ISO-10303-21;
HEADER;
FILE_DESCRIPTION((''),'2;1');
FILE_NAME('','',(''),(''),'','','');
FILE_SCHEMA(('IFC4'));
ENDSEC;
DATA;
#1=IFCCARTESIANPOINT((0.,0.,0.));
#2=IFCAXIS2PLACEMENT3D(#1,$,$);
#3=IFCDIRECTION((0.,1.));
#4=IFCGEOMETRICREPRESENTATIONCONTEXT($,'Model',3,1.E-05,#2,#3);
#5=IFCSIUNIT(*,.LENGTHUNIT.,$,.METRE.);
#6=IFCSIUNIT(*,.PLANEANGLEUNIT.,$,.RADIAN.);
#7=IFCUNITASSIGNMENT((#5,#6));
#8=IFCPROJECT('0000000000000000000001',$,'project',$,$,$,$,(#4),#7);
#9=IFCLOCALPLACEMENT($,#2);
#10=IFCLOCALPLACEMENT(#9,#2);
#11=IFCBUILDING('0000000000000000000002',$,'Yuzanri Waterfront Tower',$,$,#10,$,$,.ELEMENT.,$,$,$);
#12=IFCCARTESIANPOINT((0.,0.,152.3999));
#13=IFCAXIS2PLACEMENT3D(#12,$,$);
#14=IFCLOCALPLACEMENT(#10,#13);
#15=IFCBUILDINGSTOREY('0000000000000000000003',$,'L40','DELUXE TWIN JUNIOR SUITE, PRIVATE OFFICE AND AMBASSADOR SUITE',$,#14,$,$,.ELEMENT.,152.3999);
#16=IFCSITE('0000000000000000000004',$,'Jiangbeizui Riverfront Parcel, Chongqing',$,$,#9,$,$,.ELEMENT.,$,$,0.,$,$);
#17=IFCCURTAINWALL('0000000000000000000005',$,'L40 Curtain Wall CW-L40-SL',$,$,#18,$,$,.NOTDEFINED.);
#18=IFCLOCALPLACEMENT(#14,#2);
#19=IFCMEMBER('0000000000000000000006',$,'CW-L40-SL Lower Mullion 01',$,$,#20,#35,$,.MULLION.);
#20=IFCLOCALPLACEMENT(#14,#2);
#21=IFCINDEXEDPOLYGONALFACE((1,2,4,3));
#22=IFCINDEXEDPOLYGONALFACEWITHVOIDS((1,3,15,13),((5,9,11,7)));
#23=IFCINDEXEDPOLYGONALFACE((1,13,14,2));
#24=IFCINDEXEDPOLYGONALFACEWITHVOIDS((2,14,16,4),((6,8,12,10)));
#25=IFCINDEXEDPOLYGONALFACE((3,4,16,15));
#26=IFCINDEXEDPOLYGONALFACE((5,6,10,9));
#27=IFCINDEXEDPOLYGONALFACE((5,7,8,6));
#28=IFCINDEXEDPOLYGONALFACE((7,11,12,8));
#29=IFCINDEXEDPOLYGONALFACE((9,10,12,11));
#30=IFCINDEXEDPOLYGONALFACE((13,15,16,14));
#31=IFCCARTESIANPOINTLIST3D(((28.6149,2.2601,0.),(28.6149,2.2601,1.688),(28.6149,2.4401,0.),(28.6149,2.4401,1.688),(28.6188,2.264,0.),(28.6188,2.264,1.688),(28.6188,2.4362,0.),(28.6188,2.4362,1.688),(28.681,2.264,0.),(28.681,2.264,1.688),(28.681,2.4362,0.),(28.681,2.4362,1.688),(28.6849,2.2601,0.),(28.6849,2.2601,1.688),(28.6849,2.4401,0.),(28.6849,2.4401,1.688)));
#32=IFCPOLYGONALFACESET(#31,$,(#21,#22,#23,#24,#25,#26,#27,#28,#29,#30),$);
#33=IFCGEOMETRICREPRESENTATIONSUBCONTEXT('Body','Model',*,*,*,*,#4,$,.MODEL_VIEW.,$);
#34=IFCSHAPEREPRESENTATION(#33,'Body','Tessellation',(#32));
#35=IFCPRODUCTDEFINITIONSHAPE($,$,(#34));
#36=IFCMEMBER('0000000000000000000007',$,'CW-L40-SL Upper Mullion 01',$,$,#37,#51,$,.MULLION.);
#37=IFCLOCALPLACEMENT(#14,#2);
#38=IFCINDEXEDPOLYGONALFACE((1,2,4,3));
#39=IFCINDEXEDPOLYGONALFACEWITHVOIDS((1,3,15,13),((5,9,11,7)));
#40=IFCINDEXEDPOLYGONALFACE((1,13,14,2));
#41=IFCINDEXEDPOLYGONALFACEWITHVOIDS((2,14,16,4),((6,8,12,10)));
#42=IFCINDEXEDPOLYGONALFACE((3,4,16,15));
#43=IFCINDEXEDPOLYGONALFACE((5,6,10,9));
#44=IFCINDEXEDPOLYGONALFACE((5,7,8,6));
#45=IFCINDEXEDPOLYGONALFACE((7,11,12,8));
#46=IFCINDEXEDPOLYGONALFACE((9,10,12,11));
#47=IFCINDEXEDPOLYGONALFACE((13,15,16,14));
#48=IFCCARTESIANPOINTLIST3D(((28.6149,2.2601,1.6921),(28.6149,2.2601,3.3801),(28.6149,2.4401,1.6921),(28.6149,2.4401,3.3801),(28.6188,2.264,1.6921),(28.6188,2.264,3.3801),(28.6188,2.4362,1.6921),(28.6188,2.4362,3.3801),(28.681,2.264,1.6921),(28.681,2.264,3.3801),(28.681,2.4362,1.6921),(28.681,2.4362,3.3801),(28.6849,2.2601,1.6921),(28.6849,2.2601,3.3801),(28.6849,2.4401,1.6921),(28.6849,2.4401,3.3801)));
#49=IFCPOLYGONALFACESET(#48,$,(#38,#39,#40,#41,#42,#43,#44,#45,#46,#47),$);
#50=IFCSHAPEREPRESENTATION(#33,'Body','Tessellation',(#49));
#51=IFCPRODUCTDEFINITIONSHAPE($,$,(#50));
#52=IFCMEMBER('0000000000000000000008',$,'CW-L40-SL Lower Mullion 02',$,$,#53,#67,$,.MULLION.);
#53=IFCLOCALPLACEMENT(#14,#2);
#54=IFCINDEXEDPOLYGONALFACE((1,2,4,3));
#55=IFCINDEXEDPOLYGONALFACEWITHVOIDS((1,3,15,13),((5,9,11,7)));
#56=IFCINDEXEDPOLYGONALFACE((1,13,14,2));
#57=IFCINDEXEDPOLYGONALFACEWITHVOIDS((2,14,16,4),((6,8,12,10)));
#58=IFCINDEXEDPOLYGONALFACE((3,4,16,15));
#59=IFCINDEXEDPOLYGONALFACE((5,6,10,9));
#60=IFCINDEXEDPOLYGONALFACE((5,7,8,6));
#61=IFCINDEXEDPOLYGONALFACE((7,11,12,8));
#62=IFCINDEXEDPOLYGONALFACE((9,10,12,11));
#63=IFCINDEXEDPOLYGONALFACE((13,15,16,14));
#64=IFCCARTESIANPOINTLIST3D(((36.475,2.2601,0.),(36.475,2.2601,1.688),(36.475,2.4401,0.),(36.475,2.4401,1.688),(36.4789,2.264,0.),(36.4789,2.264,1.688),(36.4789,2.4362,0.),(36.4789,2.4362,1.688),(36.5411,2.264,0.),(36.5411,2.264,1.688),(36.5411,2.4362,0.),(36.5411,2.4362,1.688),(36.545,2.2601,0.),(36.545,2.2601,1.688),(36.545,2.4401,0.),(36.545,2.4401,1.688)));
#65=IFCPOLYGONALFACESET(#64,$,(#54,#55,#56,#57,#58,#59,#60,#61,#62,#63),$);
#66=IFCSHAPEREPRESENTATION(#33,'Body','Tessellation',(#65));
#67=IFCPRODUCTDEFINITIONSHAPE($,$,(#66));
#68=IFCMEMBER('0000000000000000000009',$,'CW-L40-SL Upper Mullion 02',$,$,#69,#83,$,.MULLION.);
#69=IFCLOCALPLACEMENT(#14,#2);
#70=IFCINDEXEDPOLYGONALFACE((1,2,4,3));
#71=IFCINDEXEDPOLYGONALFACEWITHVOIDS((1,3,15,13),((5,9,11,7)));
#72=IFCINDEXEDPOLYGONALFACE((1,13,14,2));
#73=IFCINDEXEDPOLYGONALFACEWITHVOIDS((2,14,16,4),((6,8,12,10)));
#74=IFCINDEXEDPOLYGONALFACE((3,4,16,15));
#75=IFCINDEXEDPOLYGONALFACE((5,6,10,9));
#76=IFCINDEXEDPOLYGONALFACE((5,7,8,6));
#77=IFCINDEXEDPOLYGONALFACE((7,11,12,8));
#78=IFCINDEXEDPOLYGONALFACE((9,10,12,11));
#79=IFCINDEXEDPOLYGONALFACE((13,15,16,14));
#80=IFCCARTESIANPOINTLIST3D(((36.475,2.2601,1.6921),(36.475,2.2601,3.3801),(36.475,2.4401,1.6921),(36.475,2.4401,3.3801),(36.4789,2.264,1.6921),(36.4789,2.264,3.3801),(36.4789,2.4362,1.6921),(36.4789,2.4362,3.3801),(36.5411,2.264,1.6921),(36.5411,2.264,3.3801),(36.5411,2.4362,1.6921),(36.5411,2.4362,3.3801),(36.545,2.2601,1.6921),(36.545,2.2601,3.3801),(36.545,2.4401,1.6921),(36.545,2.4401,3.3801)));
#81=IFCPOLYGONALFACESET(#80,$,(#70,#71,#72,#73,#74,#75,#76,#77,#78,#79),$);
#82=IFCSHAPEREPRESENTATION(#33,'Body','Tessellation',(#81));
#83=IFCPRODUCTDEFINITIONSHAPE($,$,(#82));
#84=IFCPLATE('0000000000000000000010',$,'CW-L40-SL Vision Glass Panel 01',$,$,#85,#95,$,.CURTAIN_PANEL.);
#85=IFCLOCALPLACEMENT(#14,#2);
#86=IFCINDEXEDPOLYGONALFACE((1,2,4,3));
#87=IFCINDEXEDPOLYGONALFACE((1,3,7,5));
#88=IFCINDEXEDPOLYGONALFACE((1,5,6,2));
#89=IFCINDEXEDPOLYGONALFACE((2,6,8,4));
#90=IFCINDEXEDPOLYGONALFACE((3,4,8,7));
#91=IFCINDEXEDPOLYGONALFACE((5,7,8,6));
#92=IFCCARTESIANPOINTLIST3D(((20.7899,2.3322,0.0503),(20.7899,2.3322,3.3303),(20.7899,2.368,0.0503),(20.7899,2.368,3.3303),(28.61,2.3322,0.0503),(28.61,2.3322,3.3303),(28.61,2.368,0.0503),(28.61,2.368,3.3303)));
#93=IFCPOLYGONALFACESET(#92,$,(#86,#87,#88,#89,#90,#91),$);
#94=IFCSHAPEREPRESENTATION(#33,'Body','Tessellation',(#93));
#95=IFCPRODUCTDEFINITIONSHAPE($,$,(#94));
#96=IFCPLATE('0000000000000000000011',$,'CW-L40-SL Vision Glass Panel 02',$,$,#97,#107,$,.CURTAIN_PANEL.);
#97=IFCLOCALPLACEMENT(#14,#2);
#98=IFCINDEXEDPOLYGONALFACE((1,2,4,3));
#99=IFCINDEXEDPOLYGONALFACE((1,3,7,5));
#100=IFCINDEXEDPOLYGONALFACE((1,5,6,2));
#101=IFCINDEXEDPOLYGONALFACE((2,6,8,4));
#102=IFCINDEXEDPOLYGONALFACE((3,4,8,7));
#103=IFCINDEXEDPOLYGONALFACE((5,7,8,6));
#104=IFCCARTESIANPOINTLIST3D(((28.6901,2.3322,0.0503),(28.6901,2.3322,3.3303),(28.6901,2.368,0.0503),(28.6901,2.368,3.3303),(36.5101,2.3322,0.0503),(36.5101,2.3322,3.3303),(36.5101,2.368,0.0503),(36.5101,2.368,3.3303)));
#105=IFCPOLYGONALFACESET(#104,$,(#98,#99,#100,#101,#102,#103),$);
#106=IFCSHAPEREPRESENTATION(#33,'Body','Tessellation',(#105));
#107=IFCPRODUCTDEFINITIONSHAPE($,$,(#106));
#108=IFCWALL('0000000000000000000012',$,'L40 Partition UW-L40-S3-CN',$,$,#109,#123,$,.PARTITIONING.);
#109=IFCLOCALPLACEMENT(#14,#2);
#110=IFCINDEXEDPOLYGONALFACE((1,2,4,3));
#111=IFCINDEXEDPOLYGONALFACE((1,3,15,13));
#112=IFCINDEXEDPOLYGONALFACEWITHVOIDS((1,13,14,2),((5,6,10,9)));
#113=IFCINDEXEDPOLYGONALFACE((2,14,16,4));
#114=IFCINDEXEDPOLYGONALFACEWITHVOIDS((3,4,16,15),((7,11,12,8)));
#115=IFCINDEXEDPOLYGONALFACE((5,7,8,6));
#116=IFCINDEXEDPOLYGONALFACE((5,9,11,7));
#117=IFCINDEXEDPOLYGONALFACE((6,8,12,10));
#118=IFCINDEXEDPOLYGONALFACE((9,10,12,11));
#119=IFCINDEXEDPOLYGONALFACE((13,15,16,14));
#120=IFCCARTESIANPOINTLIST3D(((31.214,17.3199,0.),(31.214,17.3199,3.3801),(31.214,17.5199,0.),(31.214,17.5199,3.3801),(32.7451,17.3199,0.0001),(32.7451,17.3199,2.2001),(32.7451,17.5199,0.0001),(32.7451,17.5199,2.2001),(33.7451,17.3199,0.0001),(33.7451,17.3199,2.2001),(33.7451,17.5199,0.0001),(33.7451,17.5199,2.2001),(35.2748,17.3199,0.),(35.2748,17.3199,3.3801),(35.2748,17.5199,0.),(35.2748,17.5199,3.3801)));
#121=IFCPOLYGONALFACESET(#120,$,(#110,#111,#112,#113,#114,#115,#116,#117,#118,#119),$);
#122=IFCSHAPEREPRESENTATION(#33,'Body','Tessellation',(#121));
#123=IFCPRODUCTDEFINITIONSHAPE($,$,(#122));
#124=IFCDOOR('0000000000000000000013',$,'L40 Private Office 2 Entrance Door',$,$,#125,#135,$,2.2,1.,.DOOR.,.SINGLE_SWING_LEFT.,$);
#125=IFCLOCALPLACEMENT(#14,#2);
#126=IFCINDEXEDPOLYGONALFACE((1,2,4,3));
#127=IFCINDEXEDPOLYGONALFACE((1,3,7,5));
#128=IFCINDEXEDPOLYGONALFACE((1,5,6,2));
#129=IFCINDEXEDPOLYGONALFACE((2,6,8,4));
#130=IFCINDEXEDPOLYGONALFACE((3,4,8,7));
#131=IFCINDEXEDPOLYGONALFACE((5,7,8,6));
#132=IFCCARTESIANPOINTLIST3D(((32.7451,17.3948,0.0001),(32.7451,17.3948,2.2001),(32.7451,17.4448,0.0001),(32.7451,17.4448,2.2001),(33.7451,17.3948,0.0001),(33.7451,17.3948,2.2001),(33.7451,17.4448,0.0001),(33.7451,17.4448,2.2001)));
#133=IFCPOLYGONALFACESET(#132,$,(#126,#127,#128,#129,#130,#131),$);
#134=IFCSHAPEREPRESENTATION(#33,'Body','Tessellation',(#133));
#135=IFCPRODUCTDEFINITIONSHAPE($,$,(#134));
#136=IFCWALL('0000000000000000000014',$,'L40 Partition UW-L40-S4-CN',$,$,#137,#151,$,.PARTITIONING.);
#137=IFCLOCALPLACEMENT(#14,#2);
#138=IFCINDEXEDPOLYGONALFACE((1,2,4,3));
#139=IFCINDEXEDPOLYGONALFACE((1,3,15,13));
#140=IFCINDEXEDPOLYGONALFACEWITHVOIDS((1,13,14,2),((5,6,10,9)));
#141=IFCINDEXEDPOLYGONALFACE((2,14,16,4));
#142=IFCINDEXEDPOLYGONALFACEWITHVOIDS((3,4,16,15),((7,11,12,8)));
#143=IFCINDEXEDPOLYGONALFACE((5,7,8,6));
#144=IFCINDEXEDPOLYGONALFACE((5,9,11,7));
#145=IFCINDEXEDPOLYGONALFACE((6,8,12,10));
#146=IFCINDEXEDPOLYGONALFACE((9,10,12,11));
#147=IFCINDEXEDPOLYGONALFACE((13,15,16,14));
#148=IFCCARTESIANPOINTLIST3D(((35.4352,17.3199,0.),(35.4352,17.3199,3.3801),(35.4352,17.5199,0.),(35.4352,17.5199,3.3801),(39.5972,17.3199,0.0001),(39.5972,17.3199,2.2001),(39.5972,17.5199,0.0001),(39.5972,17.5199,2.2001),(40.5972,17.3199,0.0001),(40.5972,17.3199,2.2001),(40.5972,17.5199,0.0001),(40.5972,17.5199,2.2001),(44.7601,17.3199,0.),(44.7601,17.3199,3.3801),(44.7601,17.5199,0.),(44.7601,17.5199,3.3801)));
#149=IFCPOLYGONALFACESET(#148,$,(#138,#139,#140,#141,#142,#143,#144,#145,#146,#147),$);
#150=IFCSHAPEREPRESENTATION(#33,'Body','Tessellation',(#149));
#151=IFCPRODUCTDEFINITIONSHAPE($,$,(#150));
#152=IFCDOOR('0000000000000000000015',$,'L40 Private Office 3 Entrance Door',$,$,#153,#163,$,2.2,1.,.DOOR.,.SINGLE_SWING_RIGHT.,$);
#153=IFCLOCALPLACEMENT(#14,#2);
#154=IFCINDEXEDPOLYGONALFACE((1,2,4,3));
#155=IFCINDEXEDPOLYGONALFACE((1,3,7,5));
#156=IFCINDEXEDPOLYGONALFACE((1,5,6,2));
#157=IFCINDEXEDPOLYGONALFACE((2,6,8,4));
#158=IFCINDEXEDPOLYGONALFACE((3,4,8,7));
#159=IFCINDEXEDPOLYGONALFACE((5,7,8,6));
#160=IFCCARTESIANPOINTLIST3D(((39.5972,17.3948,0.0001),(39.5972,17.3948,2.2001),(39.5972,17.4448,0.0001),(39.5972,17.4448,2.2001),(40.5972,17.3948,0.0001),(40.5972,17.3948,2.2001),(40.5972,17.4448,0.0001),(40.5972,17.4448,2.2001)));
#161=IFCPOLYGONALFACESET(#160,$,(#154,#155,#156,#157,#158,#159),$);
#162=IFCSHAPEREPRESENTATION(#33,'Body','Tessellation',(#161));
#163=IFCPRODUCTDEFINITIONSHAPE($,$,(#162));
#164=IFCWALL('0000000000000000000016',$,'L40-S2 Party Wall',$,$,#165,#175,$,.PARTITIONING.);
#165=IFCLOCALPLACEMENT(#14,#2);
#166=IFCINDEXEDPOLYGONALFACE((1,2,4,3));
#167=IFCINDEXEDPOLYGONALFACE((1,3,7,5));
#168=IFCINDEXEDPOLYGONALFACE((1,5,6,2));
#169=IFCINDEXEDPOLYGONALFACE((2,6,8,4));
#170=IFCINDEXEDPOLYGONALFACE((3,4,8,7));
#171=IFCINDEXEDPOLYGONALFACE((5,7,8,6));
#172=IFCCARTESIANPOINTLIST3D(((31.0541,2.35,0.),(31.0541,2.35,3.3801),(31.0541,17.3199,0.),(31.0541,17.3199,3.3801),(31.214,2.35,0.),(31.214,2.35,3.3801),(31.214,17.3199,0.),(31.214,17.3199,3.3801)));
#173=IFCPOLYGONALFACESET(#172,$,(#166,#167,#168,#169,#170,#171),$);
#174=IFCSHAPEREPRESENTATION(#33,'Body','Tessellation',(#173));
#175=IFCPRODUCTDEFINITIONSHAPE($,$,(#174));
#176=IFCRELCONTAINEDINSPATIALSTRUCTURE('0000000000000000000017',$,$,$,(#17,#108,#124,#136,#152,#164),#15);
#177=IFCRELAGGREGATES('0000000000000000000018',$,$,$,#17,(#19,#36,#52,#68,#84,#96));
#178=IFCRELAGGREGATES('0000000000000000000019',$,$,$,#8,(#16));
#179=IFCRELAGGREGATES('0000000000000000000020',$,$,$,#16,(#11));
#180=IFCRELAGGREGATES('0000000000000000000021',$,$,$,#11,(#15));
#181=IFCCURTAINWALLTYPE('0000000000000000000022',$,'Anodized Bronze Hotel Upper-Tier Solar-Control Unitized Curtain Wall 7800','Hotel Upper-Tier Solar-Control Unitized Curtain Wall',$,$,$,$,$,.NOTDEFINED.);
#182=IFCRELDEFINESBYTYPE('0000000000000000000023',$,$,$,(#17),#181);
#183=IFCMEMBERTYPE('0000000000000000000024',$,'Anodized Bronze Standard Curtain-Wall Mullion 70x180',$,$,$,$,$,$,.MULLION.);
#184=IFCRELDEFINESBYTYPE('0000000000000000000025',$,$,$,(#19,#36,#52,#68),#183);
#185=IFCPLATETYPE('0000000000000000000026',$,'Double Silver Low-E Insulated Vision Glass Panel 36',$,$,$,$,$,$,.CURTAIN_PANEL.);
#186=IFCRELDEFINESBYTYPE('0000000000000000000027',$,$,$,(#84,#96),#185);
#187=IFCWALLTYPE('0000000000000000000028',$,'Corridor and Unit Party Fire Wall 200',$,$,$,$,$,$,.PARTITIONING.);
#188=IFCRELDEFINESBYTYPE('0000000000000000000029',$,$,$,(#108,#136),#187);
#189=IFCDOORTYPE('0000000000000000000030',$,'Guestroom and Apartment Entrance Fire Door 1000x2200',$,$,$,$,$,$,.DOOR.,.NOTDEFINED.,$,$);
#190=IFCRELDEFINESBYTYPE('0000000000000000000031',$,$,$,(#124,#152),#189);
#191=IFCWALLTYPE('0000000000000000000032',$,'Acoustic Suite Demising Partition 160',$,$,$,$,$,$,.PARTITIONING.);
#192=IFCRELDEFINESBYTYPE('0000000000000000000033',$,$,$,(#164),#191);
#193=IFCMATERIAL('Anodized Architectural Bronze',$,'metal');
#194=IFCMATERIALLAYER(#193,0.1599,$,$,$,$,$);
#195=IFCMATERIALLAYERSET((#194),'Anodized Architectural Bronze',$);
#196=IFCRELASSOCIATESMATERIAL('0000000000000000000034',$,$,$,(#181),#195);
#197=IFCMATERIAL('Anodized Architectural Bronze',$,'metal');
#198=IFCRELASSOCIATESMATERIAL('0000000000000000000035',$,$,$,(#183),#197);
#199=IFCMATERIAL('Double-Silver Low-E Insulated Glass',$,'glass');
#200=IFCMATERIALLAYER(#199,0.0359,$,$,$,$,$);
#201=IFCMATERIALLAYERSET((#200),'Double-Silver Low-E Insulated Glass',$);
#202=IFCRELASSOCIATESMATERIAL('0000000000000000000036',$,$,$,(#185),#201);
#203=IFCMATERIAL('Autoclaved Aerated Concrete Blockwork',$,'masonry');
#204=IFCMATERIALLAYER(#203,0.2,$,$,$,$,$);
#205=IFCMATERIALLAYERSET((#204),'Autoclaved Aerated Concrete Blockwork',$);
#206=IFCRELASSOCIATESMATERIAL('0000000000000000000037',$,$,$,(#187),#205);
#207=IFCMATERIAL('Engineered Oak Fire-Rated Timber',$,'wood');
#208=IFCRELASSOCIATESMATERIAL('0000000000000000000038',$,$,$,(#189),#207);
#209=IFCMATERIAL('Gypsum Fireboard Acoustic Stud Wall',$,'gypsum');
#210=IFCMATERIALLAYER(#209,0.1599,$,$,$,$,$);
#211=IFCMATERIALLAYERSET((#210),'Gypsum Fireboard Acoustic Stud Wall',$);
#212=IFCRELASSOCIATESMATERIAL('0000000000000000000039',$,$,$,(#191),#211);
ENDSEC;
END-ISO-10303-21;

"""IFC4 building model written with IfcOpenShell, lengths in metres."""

from ifc_helpers import new_model, si_unit, direction, frame, frame_2d, origin, origin_2d, place, context, subcontext, project, spatial, rectangle, hollow_rectangle, extrude, source, transform, mapped, material, layer, layer_set, material_profile, profile_set, type_object, element, fill, aggregate, save


model = new_model("IFC4")

# Units and contexts
model_context = context("Model", 3, precision=1e-05, world=origin(), true_north=direction((0.0, 1.0)))
body_context = subcontext(model_context, "Body", "Model", "MODEL_VIEW")
ifc_project = project(units=[si_unit("LENGTHUNIT", "METRE"), si_unit("PLANEANGLEUNIT", "RADIAN")], contexts=[model_context])

# Site, building, storey
site_placement = place(None, origin())
site = spatial("IfcSite", under=ifc_project, at=site_placement, Name="Jiangbeizui Riverfront Parcel, Chongqing", CompositionType="ELEMENT", RefElevation=0.0)
building_placement = place(site_placement, origin())
building = spatial("IfcBuilding", under=site, at=building_placement, Name="Yuzanri Waterfront Tower", CompositionType="ELEMENT")
storey_placement = place(building_placement, frame((0.0, 0.0, 152.3999)))
storey = spatial("IfcBuildingStorey", under=building, at=storey_placement, Name="L40", Description="DELUXE TWIN JUNIOR SUITE, PRIVATE OFFICE AND AMBASSADOR SUITE", CompositionType="ELEMENT", Elevation=152.3999)

# Curtain wall, members, plates
ifc_material_1 = material(Name="Anodized Architectural Bronze", Category="metal")
ifc_layer_1 = layer(ifc_material_1, 0.1599)
ifc_layer_set_1 = layer_set([ifc_layer_1], Name="Anodized Architectural Bronze")
curtain_wall_type = type_object("IfcCurtainWallType", Name="Anodized Bronze Hotel Upper-Tier Solar-Control Unitized Curtain Wall 7800", Description="Hotel Upper-Tier Solar-Control Unitized Curtain Wall", PredefinedType="NOTDEFINED", material=ifc_layer_set_1)
curtain_wall_placement = place(storey_placement, origin())
curtain_wall = element("IfcCurtainWall", 1, at=curtain_wall_placement, inside=storey, type_object=curtain_wall_type, Name="L40 Curtain Wall CW-L40-SL", PredefinedType="NOTDEFINED")
ifc_material_2 = material(Name="Anodized Architectural Bronze", Category="metal")
ifc_material_profile_1 = material_profile(ifc_material_2, hollow_rectangle(XDim=0.0701, YDim=0.1799, WallThickness=0.0039, at=origin_2d()), Name="CWM 70x180")
ifc_profile_set_1 = profile_set([ifc_material_profile_1], Name="Anodized Architectural Bronze")
member_type = type_object("IfcMemberType", Name="Anodized Bronze Standard Curtain-Wall Mullion 70x180", PredefinedType="MULLION", material=ifc_profile_set_1)
shared_shape_1 = source(origin(), body_context, "Body", "SweptSolid", [
    extrude(hollow_rectangle(XDim=0.0701, YDim=0.1799, WallThickness=0.0039, at=origin_2d()), origin(), (0.0, 0.0, 1.0), 1.688),
])
member_1_placement = place(storey_placement, frame((28.6499, 2.3501, 0.0), z_axis=(0.0, 0.0, 1.0), x_axis=(1.0, 0.0, 0.0)))
member_1 = element("IfcMember", 2, at=member_1_placement, type_object=member_type, Name="CW-L40-SL Lower Mullion 01", PredefinedType="MULLION", context=body_context, shape_type="MappedRepresentation", body=[
    mapped(shared_shape_1, transform((0.0, 0.0, 0.0), scale=1.0)),
])
member_2_placement = place(storey_placement, frame((28.6499, 2.3501, 1.6921), z_axis=(0.0, 0.0, 1.0), x_axis=(1.0, 0.0, 0.0)))
member_2 = element("IfcMember", 3, at=member_2_placement, type_object=member_type, Name="CW-L40-SL Upper Mullion 01", PredefinedType="MULLION", context=body_context, shape_type="MappedRepresentation", body=[
    mapped(shared_shape_1, transform((0.0, 0.0, 0.0), scale=1.0)),
])
member_3_placement = place(storey_placement, frame((36.51, 2.3501, 0.0), z_axis=(0.0, 0.0, 1.0), x_axis=(1.0, 0.0, 0.0)))
member_3 = element("IfcMember", 4, at=member_3_placement, type_object=member_type, Name="CW-L40-SL Lower Mullion 02", PredefinedType="MULLION", context=body_context, shape_type="MappedRepresentation", body=[
    mapped(shared_shape_1, transform((0.0, 0.0, 0.0), scale=1.0)),
])
member_4_placement = place(storey_placement, frame((36.51, 2.3501, 1.6921), z_axis=(0.0, 0.0, 1.0), x_axis=(1.0, 0.0, 0.0)))
member_4 = element("IfcMember", 5, at=member_4_placement, type_object=member_type, Name="CW-L40-SL Upper Mullion 02", PredefinedType="MULLION", context=body_context, shape_type="MappedRepresentation", body=[
    mapped(shared_shape_1, transform((0.0, 0.0, 0.0), scale=1.0)),
])
ifc_material_3 = material(Name="Double-Silver Low-E Insulated Glass", Category="glass")
ifc_layer_2 = layer(ifc_material_3, 0.0359)
ifc_layer_set_2 = layer_set([ifc_layer_2], Name="Double-Silver Low-E Insulated Glass")
plate_type = type_object("IfcPlateType", Name="Double Silver Low-E Insulated Vision Glass Panel 36", PredefinedType="CURTAIN_PANEL", material=ifc_layer_set_2)
shared_shape_2 = source(origin(), body_context, "Body", "SweptSolid", [
    extrude(rectangle(XDim=7.8201, YDim=0.0359, at=origin_2d()), origin(), (0.0, 0.0, 1.0), 3.28),
])
plate_1_placement = place(storey_placement, frame((24.7, 2.3501, 0.0503), z_axis=(0.0, 0.0, 1.0), x_axis=(1.0, 0.0, 0.0)))
plate_1 = element("IfcPlate", 6, at=plate_1_placement, type_object=plate_type, Name="CW-L40-SL Vision Glass Panel 01", PredefinedType="CURTAIN_PANEL", context=body_context, shape_type="MappedRepresentation", body=[
    mapped(shared_shape_2, transform((0.0, 0.0, 0.0), scale=1.0)),
])
plate_2_placement = place(storey_placement, frame((32.6001, 2.3501, 0.0503), z_axis=(0.0, 0.0, 1.0), x_axis=(1.0, 0.0, 0.0)))
plate_2 = element("IfcPlate", 7, at=plate_2_placement, type_object=plate_type, Name="CW-L40-SL Vision Glass Panel 02", PredefinedType="CURTAIN_PANEL", context=body_context, shape_type="MappedRepresentation", body=[
    mapped(shared_shape_2, transform((0.0, 0.0, 0.0), scale=1.0)),
])
aggregate(curtain_wall, [member_1, member_2, member_3, member_4, plate_1, plate_2])

# Walls, openings, doors
ifc_material_4 = material(Name="Autoclaved Aerated Concrete Blockwork", Category="masonry")
ifc_layer_3 = layer(ifc_material_4, 0.2)
ifc_layer_set_3 = layer_set([ifc_layer_3], Name="Autoclaved Aerated Concrete Blockwork")
wall_type_1 = type_object("IfcWallType", Name="Corridor and Unit Party Fire Wall 200", PredefinedType="PARTITIONING", material=ifc_layer_set_3)
wall_1_placement = place(storey_placement, frame((31.2141, 17.4199, 0.0), z_axis=(0.0, 0.0, 1.0), x_axis=(1.0, 0.0, 0.0)))
wall_1 = element("IfcWall", 8, at=wall_1_placement, inside=storey, type_object=wall_type_1, Name="L40 Partition UW-L40-S3-CN", PredefinedType="PARTITIONING", context=body_context, shape_type="SweptSolid", body=[
    extrude(rectangle(XDim=4.0608, YDim=0.2, at=frame_2d((2.0303, 0.0))), origin(), (0.0, 0.0, 1.0), 3.3801),
])
opening_1_placement = place(wall_1_placement, frame((1.531, 0.0, 0.0)))
opening_1 = element("IfcOpeningElement", 9, at=opening_1_placement, cuts=wall_1, PredefinedType="OPENING", context=body_context, shape_type="SweptSolid", body=[
    extrude(rectangle(XDim=1.0, YDim=2.2, at=frame_2d((0.5, 1.1001))), frame((0.0, 0.1147, 0.0), z_axis=(0.0, -1.0, 0.0), x_axis=(1.0, 0.0, 0.0)), (0.0, 0.0, 1.0), 0.2297),
])
ifc_material_5 = material(Name="Engineered Oak Fire-Rated Timber", Category="wood")
door_type_1 = type_object("IfcDoorType", Name="Guestroom and Apartment Entrance Fire Door 1000x2200", OperationType="NOTDEFINED", PredefinedType="DOOR", material=ifc_material_5)
shared_shape_3 = source(origin(), body_context, "Body", "SweptSolid", [
    extrude(rectangle(XDim=1.0, YDim=2.2, at=frame_2d((0.5, 1.1001))), frame((0.0, 0.0249, 0.0), z_axis=(0.0, -1.0, 0.0), x_axis=(1.0, 0.0, 0.0)), (0.0, 0.0, 1.0), 0.05),
])
door_1_placement = place(opening_1_placement, origin())
door_1 = element("IfcDoor", 10, at=door_1_placement, inside=storey, type_object=door_type_1, Name="L40 Private Office 2 Entrance Door", OperationType="SINGLE_SWING_LEFT", OverallHeight=2.2, OverallWidth=1.0, PredefinedType="DOOR", context=body_context, shape_type="MappedRepresentation", body=[
    mapped(shared_shape_3, transform((0.0, 0.0, 0.0), scale=1.0)),
])
fill(opening_1, door_1)
wall_2_placement = place(storey_placement, frame((35.4351, 17.4199, 0.0), z_axis=(0.0, 0.0, 1.0), x_axis=(1.0, 0.0, 0.0)))
wall_2 = element("IfcWall", 11, at=wall_2_placement, inside=storey, type_object=wall_type_1, Name="L40 Partition UW-L40-S4-CN", PredefinedType="PARTITIONING", context=body_context, shape_type="SweptSolid", body=[
    extrude(rectangle(XDim=9.325, YDim=0.2, at=frame_2d((4.6626, 0.0))), origin(), (0.0, 0.0, 1.0), 3.3801),
])
opening_2_placement = place(wall_2_placement, frame((4.1621, 0.0, 0.0)))
opening_2 = element("IfcOpeningElement", 12, at=opening_2_placement, cuts=wall_2, PredefinedType="OPENING", context=body_context, shape_type="SweptSolid", body=[
    extrude(rectangle(XDim=1.0, YDim=2.2, at=frame_2d((0.5, 1.1001))), frame((0.0, 0.1147, 0.0), z_axis=(0.0, -1.0, 0.0), x_axis=(1.0, 0.0, 0.0)), (0.0, 0.0, 1.0), 0.2297),
])
door_2_placement = place(opening_2_placement, origin())
door_2 = element("IfcDoor", 13, at=door_2_placement, inside=storey, type_object=door_type_1, Name="L40 Private Office 3 Entrance Door", OperationType="SINGLE_SWING_RIGHT", OverallHeight=2.2, OverallWidth=1.0, PredefinedType="DOOR", context=body_context, shape_type="MappedRepresentation", body=[
    mapped(shared_shape_3, transform((0.0, 0.0, 0.0), scale=1.0)),
])
fill(opening_2, door_2)

# Wall
ifc_material_6 = material(Name="Gypsum Fireboard Acoustic Stud Wall", Category="gypsum")
ifc_layer_4 = layer(ifc_material_6, 0.1599)
ifc_layer_set_4 = layer_set([ifc_layer_4], Name="Gypsum Fireboard Acoustic Stud Wall")
wall_type_2 = type_object("IfcWallType", Name="Acoustic Suite Demising Partition 160", PredefinedType="PARTITIONING", material=ifc_layer_set_4)
shared_shape_4 = source(origin(), body_context, "Body", "SweptSolid", [
    extrude(rectangle(XDim=14.97, YDim=0.1599, at=frame_2d((7.4849, 0.0))), origin(), (0.0, 0.0, 1.0), 3.3801),
])
for number, where, z_axis, x_axis, name in (
    (14, (31.134, 2.3501, 0.0), (0.0, 0.0, 1.0), (0.0, 1.0, 0.0), "L40-S2 Party Wall"),
):
    element("IfcWall", number, at=place(storey_placement, frame(where, z_axis=z_axis, x_axis=x_axis)), inside=storey, type_object=wall_type_2, Name=name, PredefinedType="PARTITIONING", context=body_context, shape_type="MappedRepresentation", body=[
        mapped(shared_shape_4, transform((0.0, 0.0, 0.0), scale=1.0)),
    ])

save(model, "model.ifc")
